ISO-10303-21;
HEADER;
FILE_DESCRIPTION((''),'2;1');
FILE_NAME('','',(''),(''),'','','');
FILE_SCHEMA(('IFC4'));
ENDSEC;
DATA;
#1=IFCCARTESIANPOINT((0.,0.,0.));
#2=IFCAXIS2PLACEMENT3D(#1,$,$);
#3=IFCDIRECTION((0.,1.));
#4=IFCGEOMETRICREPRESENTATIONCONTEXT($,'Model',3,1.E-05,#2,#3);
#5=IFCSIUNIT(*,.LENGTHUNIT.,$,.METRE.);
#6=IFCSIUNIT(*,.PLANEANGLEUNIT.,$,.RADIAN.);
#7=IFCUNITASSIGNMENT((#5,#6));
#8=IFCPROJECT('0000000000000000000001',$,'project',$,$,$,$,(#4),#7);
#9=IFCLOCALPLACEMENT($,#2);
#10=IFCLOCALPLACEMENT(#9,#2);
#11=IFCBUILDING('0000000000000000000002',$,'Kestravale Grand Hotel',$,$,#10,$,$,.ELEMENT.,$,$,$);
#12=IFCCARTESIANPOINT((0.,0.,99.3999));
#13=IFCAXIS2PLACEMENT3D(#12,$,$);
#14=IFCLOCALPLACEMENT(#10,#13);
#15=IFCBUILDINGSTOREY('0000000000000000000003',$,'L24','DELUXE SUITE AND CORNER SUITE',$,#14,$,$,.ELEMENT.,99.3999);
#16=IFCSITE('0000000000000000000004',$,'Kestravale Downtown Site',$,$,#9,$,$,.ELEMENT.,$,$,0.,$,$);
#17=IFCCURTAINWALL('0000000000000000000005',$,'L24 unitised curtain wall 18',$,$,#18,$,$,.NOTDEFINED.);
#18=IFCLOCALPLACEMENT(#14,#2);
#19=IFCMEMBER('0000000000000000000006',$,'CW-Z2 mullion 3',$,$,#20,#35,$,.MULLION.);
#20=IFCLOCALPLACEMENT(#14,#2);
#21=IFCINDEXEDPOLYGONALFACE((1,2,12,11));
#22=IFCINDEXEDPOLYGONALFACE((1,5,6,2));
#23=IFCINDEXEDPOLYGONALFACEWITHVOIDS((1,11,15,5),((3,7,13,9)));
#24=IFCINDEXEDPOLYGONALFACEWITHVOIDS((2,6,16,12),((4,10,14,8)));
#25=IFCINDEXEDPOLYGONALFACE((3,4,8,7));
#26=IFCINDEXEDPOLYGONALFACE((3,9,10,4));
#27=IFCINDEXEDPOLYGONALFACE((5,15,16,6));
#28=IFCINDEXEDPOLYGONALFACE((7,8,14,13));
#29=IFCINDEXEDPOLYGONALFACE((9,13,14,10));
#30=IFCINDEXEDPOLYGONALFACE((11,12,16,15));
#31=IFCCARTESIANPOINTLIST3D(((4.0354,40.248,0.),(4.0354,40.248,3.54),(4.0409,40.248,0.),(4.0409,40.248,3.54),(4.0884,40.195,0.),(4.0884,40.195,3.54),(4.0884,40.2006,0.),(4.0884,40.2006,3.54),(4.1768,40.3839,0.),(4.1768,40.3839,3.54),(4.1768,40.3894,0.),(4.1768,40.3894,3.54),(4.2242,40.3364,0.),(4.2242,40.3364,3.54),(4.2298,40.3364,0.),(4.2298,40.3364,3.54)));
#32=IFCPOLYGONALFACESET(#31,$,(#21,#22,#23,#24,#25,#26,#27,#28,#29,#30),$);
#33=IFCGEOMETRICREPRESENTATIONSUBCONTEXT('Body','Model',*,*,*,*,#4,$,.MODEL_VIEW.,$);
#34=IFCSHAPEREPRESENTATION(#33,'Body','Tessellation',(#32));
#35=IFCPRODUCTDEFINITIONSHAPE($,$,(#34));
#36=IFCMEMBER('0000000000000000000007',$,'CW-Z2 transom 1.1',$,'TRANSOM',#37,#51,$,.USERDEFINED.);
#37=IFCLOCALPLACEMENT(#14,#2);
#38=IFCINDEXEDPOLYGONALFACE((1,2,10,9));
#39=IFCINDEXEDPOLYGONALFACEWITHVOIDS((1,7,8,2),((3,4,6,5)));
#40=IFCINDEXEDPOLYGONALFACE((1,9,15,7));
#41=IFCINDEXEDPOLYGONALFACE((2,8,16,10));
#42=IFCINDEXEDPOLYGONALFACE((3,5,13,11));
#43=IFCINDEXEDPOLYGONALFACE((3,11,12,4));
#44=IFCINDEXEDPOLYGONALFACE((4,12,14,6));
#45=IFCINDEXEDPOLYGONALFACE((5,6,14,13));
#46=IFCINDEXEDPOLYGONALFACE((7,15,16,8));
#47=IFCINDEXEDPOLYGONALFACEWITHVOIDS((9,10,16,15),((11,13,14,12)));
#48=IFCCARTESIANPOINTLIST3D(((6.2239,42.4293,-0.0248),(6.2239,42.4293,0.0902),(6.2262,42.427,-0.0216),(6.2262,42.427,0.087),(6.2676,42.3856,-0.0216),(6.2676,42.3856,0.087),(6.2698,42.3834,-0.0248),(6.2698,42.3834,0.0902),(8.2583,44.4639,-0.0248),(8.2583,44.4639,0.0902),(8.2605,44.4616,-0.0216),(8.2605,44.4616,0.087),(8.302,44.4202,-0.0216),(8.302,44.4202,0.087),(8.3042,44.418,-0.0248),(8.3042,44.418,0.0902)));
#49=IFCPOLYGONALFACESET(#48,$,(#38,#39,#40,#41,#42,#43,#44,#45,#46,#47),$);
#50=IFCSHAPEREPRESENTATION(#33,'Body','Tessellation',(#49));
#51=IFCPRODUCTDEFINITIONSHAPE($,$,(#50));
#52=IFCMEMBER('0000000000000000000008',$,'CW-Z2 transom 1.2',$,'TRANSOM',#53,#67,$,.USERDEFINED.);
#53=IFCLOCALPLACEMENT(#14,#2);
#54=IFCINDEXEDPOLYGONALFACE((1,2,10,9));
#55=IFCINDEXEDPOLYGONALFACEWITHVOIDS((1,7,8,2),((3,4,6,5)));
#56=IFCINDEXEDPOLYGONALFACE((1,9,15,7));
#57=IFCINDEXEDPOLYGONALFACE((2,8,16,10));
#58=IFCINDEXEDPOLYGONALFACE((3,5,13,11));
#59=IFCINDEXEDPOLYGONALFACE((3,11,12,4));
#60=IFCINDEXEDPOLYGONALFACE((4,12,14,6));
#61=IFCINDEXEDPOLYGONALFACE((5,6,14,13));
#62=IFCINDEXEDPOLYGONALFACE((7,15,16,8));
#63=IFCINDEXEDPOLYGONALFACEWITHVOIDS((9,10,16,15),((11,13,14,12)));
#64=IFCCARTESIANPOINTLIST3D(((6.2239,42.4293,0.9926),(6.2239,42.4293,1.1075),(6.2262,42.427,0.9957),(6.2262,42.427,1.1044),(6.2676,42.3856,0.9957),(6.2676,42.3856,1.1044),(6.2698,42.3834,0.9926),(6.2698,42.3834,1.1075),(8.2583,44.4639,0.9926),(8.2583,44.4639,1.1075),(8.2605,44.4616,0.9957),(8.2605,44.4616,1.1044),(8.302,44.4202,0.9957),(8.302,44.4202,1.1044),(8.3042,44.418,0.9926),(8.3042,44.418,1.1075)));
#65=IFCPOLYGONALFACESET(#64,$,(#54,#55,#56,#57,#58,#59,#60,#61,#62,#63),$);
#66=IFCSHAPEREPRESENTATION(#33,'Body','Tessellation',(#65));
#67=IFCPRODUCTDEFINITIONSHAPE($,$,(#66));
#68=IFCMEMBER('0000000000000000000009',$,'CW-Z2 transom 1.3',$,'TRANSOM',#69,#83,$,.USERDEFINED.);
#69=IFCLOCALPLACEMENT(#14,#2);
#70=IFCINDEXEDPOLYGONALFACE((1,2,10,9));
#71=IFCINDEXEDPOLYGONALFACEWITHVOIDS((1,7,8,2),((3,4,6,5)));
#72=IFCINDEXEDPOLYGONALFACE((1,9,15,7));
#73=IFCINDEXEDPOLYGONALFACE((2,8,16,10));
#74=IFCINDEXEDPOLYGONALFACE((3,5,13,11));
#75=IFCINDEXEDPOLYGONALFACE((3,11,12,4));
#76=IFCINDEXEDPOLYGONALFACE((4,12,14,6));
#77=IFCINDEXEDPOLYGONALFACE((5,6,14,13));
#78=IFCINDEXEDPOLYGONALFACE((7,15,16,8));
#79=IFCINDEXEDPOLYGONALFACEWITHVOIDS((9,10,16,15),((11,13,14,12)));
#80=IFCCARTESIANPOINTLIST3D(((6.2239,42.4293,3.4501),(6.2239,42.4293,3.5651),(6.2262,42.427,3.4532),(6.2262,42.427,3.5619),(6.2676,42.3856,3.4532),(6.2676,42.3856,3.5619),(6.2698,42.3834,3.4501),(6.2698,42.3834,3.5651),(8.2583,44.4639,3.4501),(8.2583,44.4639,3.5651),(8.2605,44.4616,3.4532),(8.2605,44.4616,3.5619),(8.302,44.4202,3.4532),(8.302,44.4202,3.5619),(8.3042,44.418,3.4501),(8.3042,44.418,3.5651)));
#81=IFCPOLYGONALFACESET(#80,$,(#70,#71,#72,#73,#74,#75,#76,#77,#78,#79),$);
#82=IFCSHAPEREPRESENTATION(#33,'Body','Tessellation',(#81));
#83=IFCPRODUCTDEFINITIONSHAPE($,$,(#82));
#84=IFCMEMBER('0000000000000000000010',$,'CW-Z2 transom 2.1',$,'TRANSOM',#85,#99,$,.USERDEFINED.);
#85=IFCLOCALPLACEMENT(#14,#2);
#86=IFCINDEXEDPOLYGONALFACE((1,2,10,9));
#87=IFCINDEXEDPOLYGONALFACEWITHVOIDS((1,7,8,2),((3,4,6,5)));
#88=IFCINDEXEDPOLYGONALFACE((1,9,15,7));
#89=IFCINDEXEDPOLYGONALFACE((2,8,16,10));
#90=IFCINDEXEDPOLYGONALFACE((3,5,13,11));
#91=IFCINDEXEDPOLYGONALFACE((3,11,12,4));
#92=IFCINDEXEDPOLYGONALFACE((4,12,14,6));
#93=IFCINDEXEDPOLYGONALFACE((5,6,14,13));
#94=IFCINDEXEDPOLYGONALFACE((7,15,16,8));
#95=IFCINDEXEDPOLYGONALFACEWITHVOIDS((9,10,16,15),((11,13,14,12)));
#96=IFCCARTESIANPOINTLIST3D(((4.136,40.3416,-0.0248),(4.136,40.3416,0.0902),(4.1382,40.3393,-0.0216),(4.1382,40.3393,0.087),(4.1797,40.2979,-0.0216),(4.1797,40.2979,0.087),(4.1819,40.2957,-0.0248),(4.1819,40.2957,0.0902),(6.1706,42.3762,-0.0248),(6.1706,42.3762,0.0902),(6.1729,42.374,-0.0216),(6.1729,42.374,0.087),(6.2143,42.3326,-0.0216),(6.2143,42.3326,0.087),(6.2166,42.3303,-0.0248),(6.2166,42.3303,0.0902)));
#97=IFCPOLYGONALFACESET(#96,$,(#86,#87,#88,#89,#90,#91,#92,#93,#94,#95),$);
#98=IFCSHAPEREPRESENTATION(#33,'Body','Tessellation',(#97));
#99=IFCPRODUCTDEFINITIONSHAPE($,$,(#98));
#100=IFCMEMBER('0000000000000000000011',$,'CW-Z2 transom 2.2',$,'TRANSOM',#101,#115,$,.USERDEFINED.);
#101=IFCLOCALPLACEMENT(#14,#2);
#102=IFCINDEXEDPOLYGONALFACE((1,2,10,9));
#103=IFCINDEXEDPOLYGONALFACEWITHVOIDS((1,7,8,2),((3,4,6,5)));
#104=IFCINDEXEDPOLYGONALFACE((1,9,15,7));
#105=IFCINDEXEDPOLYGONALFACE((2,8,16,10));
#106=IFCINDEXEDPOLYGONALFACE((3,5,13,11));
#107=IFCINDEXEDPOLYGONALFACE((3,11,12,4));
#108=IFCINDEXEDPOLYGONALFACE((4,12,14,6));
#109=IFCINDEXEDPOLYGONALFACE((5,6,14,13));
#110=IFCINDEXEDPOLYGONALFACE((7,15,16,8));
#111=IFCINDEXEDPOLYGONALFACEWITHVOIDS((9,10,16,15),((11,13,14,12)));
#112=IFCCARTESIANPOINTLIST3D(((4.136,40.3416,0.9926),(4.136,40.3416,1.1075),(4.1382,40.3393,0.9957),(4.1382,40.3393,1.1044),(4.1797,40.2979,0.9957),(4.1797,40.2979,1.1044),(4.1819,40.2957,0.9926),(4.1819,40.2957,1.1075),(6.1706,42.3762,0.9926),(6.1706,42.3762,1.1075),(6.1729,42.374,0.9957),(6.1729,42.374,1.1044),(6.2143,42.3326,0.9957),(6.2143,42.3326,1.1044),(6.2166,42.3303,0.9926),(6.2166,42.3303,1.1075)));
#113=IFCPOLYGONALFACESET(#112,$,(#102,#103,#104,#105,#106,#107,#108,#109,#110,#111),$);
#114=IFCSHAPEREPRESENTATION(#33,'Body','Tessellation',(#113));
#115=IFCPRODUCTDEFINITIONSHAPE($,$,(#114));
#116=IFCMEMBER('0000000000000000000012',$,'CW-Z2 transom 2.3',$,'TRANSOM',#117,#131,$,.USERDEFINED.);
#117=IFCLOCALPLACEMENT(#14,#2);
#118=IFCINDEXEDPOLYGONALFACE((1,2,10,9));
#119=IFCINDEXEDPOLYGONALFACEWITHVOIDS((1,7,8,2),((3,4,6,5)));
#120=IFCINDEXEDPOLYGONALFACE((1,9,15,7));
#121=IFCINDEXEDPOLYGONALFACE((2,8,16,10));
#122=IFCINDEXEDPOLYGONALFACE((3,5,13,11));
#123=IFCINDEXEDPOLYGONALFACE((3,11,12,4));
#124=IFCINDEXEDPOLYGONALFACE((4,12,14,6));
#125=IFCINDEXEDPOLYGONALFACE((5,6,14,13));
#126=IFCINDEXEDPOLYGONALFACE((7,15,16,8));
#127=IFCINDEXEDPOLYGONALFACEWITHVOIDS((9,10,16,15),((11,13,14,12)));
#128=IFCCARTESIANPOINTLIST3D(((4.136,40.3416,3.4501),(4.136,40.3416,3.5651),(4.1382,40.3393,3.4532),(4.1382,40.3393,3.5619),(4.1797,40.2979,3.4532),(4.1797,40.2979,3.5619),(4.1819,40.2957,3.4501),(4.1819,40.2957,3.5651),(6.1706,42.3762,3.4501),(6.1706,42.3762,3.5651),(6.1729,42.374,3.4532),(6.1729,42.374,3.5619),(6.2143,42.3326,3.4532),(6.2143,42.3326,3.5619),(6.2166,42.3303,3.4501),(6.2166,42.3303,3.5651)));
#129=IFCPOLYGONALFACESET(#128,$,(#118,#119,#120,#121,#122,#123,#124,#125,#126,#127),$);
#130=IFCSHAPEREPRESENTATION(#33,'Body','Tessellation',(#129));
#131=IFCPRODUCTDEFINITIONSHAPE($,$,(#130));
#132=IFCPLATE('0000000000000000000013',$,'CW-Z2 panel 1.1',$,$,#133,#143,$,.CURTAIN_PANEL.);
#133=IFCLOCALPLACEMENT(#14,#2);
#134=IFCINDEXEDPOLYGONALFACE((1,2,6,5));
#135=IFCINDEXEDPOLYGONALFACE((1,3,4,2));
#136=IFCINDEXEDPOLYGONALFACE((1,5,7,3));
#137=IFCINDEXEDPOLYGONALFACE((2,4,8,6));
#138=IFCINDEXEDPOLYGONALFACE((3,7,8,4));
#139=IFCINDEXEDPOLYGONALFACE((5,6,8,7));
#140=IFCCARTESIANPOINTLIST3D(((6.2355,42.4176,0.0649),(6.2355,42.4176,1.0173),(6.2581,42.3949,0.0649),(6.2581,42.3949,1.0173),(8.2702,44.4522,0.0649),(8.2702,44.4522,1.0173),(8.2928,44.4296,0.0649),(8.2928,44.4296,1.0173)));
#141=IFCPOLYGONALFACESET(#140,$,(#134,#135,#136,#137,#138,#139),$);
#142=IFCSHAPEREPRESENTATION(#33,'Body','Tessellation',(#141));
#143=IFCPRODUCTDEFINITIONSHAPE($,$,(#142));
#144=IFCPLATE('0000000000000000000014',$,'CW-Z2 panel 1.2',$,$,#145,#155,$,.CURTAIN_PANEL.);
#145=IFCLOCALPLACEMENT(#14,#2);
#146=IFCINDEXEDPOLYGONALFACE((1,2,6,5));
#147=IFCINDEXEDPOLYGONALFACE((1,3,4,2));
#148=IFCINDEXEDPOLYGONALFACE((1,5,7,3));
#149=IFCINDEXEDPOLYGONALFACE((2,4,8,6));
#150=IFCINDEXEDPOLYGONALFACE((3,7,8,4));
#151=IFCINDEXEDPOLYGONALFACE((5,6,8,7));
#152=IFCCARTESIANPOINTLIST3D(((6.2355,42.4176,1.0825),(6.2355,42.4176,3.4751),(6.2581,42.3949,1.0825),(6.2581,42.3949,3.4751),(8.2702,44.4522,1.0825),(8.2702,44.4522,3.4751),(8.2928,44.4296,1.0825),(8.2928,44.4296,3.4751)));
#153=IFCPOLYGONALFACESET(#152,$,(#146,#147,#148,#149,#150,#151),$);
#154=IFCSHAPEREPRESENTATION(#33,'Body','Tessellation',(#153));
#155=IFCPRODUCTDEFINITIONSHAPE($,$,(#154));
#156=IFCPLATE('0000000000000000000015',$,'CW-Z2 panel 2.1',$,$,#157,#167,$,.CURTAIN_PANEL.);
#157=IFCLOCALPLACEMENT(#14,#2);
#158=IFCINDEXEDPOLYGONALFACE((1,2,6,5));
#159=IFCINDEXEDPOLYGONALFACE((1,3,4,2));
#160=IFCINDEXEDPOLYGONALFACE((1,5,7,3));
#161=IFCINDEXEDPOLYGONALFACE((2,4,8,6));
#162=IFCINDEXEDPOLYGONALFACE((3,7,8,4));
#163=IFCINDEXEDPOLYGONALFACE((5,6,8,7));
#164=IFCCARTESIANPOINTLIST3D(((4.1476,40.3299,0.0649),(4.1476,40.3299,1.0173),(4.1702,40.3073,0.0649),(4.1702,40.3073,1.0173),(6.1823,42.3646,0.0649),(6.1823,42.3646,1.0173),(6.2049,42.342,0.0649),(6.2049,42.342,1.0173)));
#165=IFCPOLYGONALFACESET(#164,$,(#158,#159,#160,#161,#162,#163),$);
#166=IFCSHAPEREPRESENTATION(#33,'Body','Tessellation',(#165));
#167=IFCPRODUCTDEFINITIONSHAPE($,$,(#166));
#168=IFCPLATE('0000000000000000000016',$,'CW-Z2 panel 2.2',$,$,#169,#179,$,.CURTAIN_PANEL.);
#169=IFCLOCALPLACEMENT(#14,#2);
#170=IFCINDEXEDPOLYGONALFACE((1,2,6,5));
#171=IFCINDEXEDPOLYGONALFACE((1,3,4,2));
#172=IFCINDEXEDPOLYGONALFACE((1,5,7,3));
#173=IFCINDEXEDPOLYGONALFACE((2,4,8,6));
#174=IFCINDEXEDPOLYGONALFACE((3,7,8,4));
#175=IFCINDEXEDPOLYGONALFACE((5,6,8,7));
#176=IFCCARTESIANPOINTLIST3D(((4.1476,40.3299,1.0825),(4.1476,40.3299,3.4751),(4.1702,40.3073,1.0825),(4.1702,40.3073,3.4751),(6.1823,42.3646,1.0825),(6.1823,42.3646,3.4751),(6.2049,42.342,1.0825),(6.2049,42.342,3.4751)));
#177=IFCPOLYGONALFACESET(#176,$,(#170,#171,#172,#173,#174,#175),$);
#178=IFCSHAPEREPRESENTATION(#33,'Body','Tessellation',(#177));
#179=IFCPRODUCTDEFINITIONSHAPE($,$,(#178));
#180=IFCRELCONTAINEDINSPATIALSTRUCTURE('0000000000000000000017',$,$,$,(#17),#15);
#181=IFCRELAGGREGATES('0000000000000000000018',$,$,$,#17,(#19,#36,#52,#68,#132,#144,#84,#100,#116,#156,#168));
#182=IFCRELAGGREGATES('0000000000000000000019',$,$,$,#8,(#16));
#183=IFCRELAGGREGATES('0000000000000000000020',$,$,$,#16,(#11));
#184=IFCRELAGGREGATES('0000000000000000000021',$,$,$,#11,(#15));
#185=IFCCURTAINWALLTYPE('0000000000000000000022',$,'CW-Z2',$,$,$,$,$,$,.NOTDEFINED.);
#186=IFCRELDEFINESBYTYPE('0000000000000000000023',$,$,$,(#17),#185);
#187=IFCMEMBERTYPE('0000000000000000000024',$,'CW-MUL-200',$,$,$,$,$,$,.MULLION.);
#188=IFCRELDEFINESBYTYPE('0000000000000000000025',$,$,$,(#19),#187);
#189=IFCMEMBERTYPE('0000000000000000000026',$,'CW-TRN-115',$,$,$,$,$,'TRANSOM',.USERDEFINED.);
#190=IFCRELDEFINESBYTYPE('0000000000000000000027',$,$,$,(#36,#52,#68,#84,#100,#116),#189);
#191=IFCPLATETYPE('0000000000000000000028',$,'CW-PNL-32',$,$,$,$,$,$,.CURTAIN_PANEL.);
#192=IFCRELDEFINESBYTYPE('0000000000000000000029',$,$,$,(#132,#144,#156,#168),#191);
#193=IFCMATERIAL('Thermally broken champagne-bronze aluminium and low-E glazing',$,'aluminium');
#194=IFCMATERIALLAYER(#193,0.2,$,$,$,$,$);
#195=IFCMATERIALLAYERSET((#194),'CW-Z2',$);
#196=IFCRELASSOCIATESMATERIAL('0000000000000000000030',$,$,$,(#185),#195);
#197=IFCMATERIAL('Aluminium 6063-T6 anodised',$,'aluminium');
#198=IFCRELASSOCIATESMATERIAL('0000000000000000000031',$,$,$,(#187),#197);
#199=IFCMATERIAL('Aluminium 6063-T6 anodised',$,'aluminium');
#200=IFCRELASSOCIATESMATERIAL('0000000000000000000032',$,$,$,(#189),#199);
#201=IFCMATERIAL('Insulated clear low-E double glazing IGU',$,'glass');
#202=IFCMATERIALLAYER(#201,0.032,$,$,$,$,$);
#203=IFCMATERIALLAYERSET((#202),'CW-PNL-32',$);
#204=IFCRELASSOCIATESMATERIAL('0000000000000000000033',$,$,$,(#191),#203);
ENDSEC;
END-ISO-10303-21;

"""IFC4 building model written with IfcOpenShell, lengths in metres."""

from ifc_helpers import new_model, si_unit, direction, frame, origin, origin_2d, place, context, subcontext, project, spatial, rectangle, hollow_rectangle, extrude, material, layer, layer_set, material_profile, profile_set, type_object, element, aggregate, save


model = new_model("IFC4")

# Units and contexts
model_context = context("Model", 3, precision=1e-05, world=origin(), true_north=direction((0.0, 1.0)))
body_context = subcontext(model_context, "Body", "Model", "MODEL_VIEW")
ifc_project = project(units=[si_unit("LENGTHUNIT", "METRE"), si_unit("PLANEANGLEUNIT", "RADIAN")], contexts=[model_context])

# Site, building, storey
site_placement = place(None, origin())
site = spatial("IfcSite", under=ifc_project, at=site_placement, Name="Kestravale Downtown Site", CompositionType="ELEMENT", RefElevation=0.0)
building_placement = place(site_placement, origin())
building = spatial("IfcBuilding", under=site, at=building_placement, Name="Kestravale Grand Hotel", CompositionType="ELEMENT")
storey_placement = place(building_placement, frame((0.0, 0.0, 99.3999)))
storey = spatial("IfcBuildingStorey", under=building, at=storey_placement, Name="L24", Description="DELUXE SUITE AND CORNER SUITE", CompositionType="ELEMENT", Elevation=99.3999)

# Curtain wall, members, plates
ifc_material_1 = material(Name="Thermally broken champagne-bronze aluminium and low-E glazing", Category="aluminium")
ifc_layer_1 = layer(ifc_material_1, 0.2)
ifc_layer_set_1 = layer_set([ifc_layer_1], Name="CW-Z2")
curtain_wall_type = type_object("IfcCurtainWallType", Name="CW-Z2", PredefinedType="NOTDEFINED", material=ifc_layer_set_1)
curtain_wall_placement = place(storey_placement, origin())
curtain_wall = element("IfcCurtainWall", 1, at=curtain_wall_placement, inside=storey, type_object=curtain_wall_type, Name="L24 unitised curtain wall 18", PredefinedType="NOTDEFINED")
ifc_material_2 = material(Name="Aluminium 6063-T6 anodised", Category="aluminium")
ifc_material_profile_1 = material_profile(ifc_material_2, hollow_rectangle(XDim=0.075, YDim=0.2, WallThickness=0.0039, at=origin_2d()))
ifc_profile_set_1 = profile_set([ifc_material_profile_1], Name="Aluminium 6063-T6 anodised")
member_type_1 = type_object("IfcMemberType", Name="CW-MUL-200", PredefinedType="MULLION", material=ifc_profile_set_1)
member_1_placement = place(storey_placement, frame((4.1326, 40.2922, 0.0), z_axis=(0.0, 0.0, 1.0), x_axis=(0.707107, -0.707107, 0.0)))
member_1 = element("IfcMember", 2, at=member_1_placement, type_object=member_type_1, Name="CW-Z2 mullion 3", PredefinedType="MULLION", context=body_context, shape_type="SweptSolid", body=[
    extrude(hollow_rectangle(XDim=0.075, YDim=0.2, WallThickness=0.0039, at=origin_2d()), origin(), (0.0, 0.0, 1.0), 3.54),
])
ifc_material_3 = material(Name="Aluminium 6063-T6 anodised", Category="aluminium")
ifc_material_profile_2 = material_profile(ifc_material_3, hollow_rectangle(XDim=0.0649, YDim=0.115, WallThickness=0.0032, at=origin_2d()))
ifc_profile_set_2 = profile_set([ifc_material_profile_2], Name="Aluminium 6063-T6 anodised")
member_type_2 = type_object("IfcMemberType", Name="CW-TRN-115", ElementType="TRANSOM", PredefinedType="USERDEFINED", material=ifc_profile_set_2)
member_2_placement = place(storey_placement, frame((8.2812, 44.4409, 0.0327), z_axis=(-0.707064, -0.707149, 0.0), x_axis=(0.707149, -0.707064, 0.0)))
member_2 = element("IfcMember", 3, at=member_2_placement, type_object=member_type_2, Name="CW-Z2 transom 1.1", ObjectType="TRANSOM", PredefinedType="USERDEFINED", context=body_context, shape_type="SweptSolid", body=[
    extrude(hollow_rectangle(XDim=0.0649, YDim=0.115, WallThickness=0.0032, at=origin_2d()), origin(), (0.0, 0.0, 1.0), 2.8772),
])
member_3_placement = place(storey_placement, frame((8.2812, 44.4409, 1.05), z_axis=(-0.707064, -0.707149, 0.0), x_axis=(0.707149, -0.707064, 0.0)))
member_3 = element("IfcMember", 4, at=member_3_placement, type_object=member_type_2, Name="CW-Z2 transom 1.2", ObjectType="TRANSOM", PredefinedType="USERDEFINED", context=body_context, shape_type="SweptSolid", body=[
    extrude(hollow_rectangle(XDim=0.0649, YDim=0.115, WallThickness=0.0032, at=origin_2d()), origin(), (0.0, 0.0, 1.0), 2.8772),
])
member_4_placement = place(storey_placement, frame((8.2812, 44.4409, 3.5076), z_axis=(-0.707064, -0.707149, 0.0), x_axis=(0.707149, -0.707064, 0.0)))
member_4 = element("IfcMember", 5, at=member_4_placement, type_object=member_type_2, Name="CW-Z2 transom 1.3", ObjectType="TRANSOM", PredefinedType="USERDEFINED", context=body_context, shape_type="SweptSolid", body=[
    extrude(hollow_rectangle(XDim=0.0649, YDim=0.115, WallThickness=0.0032, at=origin_2d()), origin(), (0.0, 0.0, 1.0), 2.8772),
])
member_5_placement = place(storey_placement, frame((6.1936, 42.3533, 0.0327), z_axis=(-0.707107, -0.707107, 0.0), x_axis=(0.707107, -0.707107, 0.0)))
member_5 = element("IfcMember", 6, at=member_5_placement, type_object=member_type_2, Name="CW-Z2 transom 2.1", ObjectType="TRANSOM", PredefinedType="USERDEFINED", context=body_context, shape_type="SweptSolid", body=[
    extrude(hollow_rectangle(XDim=0.0649, YDim=0.115, WallThickness=0.0032, at=origin_2d()), origin(), (0.0, 0.0, 1.0), 2.8774),
])
member_6_placement = place(storey_placement, frame((6.1936, 42.3533, 1.05), z_axis=(-0.707107, -0.707107, 0.0), x_axis=(0.707107, -0.707107, 0.0)))
member_6 = element("IfcMember", 7, at=member_6_placement, type_object=member_type_2, Name="CW-Z2 transom 2.2", ObjectType="TRANSOM", PredefinedType="USERDEFINED", context=body_context, shape_type="SweptSolid", body=[
    extrude(hollow_rectangle(XDim=0.0649, YDim=0.115, WallThickness=0.0032, at=origin_2d()), origin(), (0.0, 0.0, 1.0), 2.8774),
])
member_7_placement = place(storey_placement, frame((6.1936, 42.3533, 3.5076), z_axis=(-0.707107, -0.707107, 0.0), x_axis=(0.707107, -0.707107, 0.0)))
member_7 = element("IfcMember", 8, at=member_7_placement, type_object=member_type_2, Name="CW-Z2 transom 2.3", ObjectType="TRANSOM", PredefinedType="USERDEFINED", context=body_context, shape_type="SweptSolid", body=[
    extrude(hollow_rectangle(XDim=0.0649, YDim=0.115, WallThickness=0.0032, at=origin_2d()), origin(), (0.0, 0.0, 1.0), 2.8774),
])
ifc_material_4 = material(Name="Insulated clear low-E double glazing IGU", Category="glass")
ifc_layer_2 = layer(ifc_material_4, 0.032)
ifc_layer_set_2 = layer_set([ifc_layer_2], Name="CW-PNL-32")
plate_type = type_object("IfcPlateType", Name="CW-PNL-32", PredefinedType="CURTAIN_PANEL", material=ifc_layer_set_2)
plate_1_placement = place(storey_placement, frame((7.2642, 43.4236, 0.0649), z_axis=(0.0, 0.0, 1.0), x_axis=(-0.707107, -0.707107, 0.0)))
plate_1 = element("IfcPlate", 9, at=plate_1_placement, type_object=plate_type, Name="CW-Z2 panel 1.1", PredefinedType="CURTAIN_PANEL", context=body_context, shape_type="SweptSolid", body=[
    extrude(rectangle(XDim=2.8774, YDim=0.032, at=origin_2d()), origin(), (0.0, 0.0, 1.0), 0.9524),
])
plate_2_placement = place(storey_placement, frame((7.2642, 43.4236, 1.0825), z_axis=(0.0, 0.0, 1.0), x_axis=(-0.707107, -0.707107, 0.0)))
plate_2 = element("IfcPlate", 10, at=plate_2_placement, type_object=plate_type, Name="CW-Z2 panel 1.2", PredefinedType="CURTAIN_PANEL", context=body_context, shape_type="SweptSolid", body=[
    extrude(rectangle(XDim=2.8774, YDim=0.032, at=origin_2d()), origin(), (0.0, 0.0, 1.0), 2.3926),
])
plate_3_placement = place(storey_placement, frame((5.1763, 41.3359, 0.0649), z_axis=(0.0, 0.0, 1.0), x_axis=(-0.707107, -0.707107, 0.0)))
plate_3 = element("IfcPlate", 11, at=plate_3_placement, type_object=plate_type, Name="CW-Z2 panel 2.1", PredefinedType="CURTAIN_PANEL", context=body_context, shape_type="SweptSolid", body=[
    extrude(rectangle(XDim=2.8774, YDim=0.032, at=origin_2d()), origin(), (0.0, 0.0, 1.0), 0.9524),
])
plate_4_placement = place(storey_placement, frame((5.1763, 41.3359, 1.0825), z_axis=(0.0, 0.0, 1.0), x_axis=(-0.707107, -0.707107, 0.0)))
plate_4 = element("IfcPlate", 12, at=plate_4_placement, type_object=plate_type, Name="CW-Z2 panel 2.2", PredefinedType="CURTAIN_PANEL", context=body_context, shape_type="SweptSolid", body=[
    extrude(rectangle(XDim=2.8774, YDim=0.032, at=origin_2d()), origin(), (0.0, 0.0, 1.0), 2.3926),
])
aggregate(curtain_wall, [member_1, member_2, member_3, member_4, plate_1, plate_2, member_5, member_6, member_7, plate_3, plate_4])

save(model, "model.ifc")
